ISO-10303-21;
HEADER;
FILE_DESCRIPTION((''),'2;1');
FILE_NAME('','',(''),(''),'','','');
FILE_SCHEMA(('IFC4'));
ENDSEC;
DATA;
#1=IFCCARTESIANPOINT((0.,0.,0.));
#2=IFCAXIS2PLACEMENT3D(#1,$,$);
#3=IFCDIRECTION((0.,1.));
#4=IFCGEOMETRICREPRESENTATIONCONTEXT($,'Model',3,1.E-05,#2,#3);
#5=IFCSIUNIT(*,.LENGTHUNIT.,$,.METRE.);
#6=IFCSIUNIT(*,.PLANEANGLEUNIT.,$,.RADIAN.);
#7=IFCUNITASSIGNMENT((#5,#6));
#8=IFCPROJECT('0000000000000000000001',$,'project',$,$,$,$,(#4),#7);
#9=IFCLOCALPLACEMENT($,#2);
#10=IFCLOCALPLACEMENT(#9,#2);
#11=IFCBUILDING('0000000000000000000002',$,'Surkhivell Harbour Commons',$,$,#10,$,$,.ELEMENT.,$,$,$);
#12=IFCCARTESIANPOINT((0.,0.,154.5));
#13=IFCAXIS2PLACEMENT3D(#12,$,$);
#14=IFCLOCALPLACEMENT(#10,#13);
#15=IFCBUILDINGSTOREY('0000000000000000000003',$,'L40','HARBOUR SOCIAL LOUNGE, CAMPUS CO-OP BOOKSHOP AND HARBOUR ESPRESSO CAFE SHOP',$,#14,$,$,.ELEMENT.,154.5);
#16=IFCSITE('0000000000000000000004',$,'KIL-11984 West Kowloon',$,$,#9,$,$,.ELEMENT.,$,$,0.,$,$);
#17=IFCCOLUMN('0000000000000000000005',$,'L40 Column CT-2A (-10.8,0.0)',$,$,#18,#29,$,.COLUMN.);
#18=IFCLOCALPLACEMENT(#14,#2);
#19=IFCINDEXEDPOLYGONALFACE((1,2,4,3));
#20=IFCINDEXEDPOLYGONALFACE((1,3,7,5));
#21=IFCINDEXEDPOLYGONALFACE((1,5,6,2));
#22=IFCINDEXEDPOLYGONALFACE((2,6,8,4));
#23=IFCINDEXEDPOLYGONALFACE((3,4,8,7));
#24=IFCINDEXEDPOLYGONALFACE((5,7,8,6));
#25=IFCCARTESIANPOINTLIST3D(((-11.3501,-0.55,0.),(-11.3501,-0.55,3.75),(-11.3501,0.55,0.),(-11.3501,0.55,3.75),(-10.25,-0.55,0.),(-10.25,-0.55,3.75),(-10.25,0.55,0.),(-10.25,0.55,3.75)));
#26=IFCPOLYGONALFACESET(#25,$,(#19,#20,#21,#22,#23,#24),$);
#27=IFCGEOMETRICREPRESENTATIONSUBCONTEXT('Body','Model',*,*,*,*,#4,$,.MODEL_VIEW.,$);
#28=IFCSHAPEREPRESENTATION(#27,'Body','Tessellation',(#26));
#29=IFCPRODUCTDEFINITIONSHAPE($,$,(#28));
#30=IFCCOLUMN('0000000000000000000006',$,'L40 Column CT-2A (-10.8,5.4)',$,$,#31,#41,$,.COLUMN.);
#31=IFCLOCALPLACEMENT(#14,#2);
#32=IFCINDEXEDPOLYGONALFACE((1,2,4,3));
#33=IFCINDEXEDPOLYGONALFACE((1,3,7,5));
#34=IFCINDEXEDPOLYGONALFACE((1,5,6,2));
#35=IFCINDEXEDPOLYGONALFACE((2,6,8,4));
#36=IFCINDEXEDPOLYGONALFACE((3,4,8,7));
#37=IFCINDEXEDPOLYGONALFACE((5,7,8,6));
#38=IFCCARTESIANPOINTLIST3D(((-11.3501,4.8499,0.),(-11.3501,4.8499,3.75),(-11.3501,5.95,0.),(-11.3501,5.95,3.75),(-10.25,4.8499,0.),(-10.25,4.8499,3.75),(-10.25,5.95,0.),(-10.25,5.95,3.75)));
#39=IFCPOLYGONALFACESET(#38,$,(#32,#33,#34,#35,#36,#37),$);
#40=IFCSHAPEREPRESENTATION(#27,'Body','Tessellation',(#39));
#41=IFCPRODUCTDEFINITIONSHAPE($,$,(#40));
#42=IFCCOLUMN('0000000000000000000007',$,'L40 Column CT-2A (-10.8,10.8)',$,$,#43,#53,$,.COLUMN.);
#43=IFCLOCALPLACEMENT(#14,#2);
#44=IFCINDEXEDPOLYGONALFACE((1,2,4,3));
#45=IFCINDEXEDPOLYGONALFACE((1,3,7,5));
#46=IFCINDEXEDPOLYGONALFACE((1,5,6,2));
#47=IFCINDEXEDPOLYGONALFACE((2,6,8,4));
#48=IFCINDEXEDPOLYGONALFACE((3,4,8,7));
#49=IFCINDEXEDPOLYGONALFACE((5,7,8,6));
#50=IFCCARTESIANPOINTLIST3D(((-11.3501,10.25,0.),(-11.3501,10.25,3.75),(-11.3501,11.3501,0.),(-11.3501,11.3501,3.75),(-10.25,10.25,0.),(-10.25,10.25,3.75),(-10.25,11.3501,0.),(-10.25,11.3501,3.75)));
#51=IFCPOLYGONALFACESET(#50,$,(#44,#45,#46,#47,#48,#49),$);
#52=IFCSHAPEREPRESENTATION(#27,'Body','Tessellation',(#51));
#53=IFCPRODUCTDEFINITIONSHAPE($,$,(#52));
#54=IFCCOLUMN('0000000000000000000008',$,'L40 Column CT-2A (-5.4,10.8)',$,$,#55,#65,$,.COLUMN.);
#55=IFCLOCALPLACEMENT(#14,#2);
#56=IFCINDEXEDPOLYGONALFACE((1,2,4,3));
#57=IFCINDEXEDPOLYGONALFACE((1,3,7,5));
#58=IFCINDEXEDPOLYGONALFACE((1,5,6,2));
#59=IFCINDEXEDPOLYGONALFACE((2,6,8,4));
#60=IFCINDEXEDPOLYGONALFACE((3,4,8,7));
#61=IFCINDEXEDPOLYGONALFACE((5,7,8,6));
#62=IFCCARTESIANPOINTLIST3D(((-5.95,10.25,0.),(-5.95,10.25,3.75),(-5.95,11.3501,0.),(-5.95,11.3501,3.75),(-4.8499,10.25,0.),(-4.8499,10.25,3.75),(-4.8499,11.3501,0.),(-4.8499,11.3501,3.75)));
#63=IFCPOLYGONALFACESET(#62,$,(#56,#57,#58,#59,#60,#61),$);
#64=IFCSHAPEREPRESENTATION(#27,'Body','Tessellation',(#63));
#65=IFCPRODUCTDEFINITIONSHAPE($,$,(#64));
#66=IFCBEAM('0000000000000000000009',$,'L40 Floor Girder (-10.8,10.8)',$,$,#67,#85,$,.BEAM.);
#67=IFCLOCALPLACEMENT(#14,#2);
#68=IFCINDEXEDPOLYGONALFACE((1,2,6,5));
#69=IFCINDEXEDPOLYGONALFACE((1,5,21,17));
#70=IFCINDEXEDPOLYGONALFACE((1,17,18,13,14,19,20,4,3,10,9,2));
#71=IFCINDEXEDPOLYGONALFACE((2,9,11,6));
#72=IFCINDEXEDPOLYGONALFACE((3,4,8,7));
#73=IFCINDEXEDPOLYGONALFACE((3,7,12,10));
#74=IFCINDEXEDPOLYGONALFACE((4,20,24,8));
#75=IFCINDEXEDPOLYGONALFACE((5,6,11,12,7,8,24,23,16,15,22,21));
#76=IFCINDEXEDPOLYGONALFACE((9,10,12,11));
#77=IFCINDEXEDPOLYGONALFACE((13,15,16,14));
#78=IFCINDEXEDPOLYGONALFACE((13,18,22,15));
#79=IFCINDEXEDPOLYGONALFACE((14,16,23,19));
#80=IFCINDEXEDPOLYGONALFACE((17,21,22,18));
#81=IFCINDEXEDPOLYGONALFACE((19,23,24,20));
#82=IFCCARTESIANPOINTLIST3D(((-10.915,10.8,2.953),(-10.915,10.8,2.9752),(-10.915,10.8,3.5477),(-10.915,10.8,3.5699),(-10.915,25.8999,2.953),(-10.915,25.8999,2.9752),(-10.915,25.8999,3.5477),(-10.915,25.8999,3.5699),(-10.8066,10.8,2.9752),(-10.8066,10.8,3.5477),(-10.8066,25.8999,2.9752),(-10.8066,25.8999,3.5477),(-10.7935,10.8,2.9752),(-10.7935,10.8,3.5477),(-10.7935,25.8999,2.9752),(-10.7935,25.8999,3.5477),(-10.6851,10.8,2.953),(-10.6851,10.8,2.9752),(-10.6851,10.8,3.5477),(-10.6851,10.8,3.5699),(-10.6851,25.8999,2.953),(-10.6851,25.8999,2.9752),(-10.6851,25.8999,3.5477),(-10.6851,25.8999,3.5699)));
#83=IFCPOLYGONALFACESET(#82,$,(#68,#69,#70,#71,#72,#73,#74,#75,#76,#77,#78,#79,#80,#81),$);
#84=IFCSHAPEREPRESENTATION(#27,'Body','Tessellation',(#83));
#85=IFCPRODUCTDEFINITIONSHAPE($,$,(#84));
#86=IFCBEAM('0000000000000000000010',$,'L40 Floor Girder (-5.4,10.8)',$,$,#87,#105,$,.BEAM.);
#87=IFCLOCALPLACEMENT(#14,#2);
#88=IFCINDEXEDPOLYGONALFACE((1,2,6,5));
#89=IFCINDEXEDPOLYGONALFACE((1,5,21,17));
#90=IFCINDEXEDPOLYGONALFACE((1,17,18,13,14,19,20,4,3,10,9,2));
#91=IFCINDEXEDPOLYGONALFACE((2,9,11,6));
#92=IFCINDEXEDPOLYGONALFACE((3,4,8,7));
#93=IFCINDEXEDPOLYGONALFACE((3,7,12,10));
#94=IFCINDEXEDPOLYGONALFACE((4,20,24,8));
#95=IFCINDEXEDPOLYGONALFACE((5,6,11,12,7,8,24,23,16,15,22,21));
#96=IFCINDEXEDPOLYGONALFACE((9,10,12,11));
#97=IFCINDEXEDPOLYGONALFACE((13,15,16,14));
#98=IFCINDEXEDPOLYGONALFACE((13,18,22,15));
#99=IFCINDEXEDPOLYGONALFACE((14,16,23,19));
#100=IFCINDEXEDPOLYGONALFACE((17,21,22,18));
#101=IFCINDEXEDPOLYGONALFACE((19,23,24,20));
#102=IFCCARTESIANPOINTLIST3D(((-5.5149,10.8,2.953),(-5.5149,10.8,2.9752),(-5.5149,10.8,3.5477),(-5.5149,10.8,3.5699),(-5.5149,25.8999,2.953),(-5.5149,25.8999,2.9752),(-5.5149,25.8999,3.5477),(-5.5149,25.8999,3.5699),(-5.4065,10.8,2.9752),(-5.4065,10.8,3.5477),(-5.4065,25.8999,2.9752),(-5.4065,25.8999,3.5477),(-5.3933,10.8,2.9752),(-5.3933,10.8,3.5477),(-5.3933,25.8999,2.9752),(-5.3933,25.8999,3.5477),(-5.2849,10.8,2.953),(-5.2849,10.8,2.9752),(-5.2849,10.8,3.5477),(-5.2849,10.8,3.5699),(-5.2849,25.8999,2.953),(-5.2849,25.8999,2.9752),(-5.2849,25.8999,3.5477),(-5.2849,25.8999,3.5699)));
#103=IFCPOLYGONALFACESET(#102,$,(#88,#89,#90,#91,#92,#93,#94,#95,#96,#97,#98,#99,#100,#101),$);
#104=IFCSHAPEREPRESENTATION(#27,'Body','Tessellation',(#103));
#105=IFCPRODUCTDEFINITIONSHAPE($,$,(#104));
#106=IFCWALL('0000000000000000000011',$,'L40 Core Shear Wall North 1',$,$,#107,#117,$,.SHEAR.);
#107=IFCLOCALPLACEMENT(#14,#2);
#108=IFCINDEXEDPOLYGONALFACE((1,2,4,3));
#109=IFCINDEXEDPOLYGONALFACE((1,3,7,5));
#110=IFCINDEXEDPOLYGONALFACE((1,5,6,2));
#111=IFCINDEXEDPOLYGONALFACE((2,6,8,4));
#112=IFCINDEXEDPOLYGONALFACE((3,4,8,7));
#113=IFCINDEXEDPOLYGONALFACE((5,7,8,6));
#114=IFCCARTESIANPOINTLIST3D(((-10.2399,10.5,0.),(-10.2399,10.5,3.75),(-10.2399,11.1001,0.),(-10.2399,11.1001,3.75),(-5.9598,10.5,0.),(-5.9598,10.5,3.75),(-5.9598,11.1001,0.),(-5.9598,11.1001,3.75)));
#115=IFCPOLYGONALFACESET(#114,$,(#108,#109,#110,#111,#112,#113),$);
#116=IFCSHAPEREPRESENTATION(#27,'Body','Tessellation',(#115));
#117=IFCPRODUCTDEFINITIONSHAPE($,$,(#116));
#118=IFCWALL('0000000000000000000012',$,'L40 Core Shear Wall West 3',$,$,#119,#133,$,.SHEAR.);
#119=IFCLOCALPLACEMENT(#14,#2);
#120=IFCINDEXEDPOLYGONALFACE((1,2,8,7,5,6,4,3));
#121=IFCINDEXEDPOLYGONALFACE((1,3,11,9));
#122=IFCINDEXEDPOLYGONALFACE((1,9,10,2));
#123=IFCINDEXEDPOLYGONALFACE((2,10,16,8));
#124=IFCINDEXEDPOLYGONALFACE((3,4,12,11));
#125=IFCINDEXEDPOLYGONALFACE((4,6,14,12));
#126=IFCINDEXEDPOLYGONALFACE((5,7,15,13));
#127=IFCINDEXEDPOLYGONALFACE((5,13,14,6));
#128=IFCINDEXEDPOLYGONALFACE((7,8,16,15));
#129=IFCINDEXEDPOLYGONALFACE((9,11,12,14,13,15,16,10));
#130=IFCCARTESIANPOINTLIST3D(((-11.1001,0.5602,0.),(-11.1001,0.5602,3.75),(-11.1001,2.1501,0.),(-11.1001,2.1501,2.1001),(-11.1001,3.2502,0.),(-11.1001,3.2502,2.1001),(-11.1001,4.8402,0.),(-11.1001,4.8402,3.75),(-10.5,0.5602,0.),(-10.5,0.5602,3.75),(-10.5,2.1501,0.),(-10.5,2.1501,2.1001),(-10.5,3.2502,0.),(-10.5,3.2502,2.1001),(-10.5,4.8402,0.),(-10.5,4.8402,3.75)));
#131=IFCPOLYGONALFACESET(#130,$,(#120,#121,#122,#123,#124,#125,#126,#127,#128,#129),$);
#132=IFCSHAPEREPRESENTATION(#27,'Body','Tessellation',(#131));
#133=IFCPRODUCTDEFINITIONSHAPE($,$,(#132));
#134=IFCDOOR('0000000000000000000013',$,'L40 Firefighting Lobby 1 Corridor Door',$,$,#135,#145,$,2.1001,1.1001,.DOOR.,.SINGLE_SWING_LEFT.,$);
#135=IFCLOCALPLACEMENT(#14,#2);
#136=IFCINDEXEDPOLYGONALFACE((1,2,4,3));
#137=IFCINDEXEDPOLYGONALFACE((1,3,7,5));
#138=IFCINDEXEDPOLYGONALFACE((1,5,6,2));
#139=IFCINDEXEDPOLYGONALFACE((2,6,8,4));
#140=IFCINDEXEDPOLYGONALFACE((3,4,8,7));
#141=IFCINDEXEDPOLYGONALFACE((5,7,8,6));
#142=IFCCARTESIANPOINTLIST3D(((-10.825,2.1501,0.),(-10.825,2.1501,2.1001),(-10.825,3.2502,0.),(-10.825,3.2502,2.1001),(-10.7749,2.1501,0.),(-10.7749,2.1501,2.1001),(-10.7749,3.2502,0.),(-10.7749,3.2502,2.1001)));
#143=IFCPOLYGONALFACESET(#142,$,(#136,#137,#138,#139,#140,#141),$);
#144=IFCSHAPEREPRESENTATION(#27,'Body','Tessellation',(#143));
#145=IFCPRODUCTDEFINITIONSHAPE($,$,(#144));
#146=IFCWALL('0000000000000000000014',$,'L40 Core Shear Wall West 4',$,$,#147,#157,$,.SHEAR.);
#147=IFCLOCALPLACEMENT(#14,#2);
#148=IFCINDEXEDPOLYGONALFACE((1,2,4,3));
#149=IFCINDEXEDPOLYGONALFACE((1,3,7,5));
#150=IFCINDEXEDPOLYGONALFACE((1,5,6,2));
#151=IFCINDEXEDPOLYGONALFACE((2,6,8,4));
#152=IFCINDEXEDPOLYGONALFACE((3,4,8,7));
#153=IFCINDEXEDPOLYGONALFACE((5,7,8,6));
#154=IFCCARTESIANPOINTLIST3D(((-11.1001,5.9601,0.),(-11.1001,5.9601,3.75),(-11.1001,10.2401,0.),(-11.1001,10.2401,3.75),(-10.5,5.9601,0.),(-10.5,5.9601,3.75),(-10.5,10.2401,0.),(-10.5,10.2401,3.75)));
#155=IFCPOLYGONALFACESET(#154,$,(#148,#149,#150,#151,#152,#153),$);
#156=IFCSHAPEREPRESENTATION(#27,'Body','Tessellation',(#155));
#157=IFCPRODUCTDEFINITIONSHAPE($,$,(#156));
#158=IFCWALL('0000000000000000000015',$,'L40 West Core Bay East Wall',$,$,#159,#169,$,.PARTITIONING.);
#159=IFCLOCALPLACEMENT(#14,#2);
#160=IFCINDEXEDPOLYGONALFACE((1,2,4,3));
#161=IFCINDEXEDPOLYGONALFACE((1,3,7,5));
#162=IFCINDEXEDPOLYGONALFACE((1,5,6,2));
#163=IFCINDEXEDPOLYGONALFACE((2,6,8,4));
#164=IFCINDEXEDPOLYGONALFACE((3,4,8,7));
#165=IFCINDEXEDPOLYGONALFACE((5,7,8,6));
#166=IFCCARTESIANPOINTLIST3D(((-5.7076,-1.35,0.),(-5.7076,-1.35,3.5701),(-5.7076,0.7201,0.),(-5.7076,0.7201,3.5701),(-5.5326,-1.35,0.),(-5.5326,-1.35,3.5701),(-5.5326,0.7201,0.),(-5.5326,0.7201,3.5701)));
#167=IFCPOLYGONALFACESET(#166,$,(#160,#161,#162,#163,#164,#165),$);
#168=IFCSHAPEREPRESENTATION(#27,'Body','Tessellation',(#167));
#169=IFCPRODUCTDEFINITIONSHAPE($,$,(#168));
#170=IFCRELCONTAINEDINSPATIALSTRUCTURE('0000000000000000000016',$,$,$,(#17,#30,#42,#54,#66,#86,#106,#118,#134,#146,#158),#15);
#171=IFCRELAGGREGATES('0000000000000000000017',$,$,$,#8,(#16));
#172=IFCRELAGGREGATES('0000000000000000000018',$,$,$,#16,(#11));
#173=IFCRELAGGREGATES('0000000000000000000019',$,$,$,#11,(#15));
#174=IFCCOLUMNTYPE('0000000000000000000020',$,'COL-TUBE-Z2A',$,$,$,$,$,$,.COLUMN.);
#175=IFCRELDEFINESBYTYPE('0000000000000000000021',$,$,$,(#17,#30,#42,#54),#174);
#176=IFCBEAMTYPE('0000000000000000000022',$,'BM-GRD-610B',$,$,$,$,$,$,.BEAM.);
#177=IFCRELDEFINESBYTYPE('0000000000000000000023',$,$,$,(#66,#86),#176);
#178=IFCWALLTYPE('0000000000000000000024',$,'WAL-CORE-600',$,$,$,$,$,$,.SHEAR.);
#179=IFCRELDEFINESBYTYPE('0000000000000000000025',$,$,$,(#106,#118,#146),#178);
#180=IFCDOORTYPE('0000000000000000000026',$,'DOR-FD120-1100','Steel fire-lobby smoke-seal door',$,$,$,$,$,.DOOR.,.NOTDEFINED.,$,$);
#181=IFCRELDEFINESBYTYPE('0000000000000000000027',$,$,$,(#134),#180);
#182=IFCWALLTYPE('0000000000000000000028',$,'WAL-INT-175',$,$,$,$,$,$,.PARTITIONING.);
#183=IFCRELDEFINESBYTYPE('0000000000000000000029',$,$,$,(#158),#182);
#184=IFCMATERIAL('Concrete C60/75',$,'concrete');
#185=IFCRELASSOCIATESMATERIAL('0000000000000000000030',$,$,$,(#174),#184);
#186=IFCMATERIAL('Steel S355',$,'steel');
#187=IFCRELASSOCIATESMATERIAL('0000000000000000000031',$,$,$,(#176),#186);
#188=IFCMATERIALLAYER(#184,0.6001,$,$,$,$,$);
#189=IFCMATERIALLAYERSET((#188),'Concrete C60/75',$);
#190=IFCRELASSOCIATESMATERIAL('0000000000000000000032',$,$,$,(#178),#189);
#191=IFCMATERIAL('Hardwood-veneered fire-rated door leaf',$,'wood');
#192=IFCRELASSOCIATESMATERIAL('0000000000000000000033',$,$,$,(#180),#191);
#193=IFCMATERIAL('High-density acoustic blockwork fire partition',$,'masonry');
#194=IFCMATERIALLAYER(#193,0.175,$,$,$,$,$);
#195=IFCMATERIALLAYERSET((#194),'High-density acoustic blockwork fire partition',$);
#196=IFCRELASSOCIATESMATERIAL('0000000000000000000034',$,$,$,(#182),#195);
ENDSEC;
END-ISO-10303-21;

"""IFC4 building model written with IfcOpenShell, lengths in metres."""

from ifc_helpers import new_model, si_unit, direction, frame, frame_2d, origin, origin_2d, place, context, subcontext, project, spatial, rectangle, i_section, extrude, material, layer, layer_set, material_profile, profile_set, type_object, element, fill, save


model = new_model("IFC4")

# Units and contexts
model_context = context("Model", 3, precision=1e-05, world=origin(), true_north=direction((0.0, 1.0)))
body_context = subcontext(model_context, "Body", "Model", "MODEL_VIEW")
ifc_project = project(units=[si_unit("LENGTHUNIT", "METRE"), si_unit("PLANEANGLEUNIT", "RADIAN")], contexts=[model_context])

# Site, building, storey
site_placement = place(None, origin())
site = spatial("IfcSite", under=ifc_project, at=site_placement, Name="KIL-11984 West Kowloon", CompositionType="ELEMENT", RefElevation=0.0)
building_placement = place(site_placement, origin())
building = spatial("IfcBuilding", under=site, at=building_placement, Name="Surkhivell Harbour Commons", CompositionType="ELEMENT")
storey_placement = place(building_placement, frame((0.0, 0.0, 154.5)))
storey = spatial("IfcBuildingStorey", under=building, at=storey_placement, Name="L40", Description="HARBOUR SOCIAL LOUNGE, CAMPUS CO-OP BOOKSHOP AND HARBOUR ESPRESSO CAFE SHOP", CompositionType="ELEMENT", Elevation=154.5)

# Columns
ifc_material_1 = material(Name="Concrete C60/75", Category="concrete")
ifc_material_profile_1 = material_profile(ifc_material_1, rectangle(XDim=1.1001, YDim=1.1001, at=origin_2d()), Name="RC-COL-1100x1100")
ifc_profile_set_1 = profile_set([ifc_material_profile_1], Name="Concrete C60/75")
column_type = type_object("IfcColumnType", Name="COL-TUBE-Z2A", PredefinedType="COLUMN", material=ifc_profile_set_1)
for number, where, z_axis, x_axis, name in (
    (1, (-10.8, 0.0, 0.0), (0.0, 0.0, 1.0), (1.0, 0.0, 0.0), "L40 Column CT-2A (-10.8,0.0)"),
    (2, (-10.8, 5.3999, 0.0), (0.0, 0.0, 1.0), (1.0, 0.0, 0.0), "L40 Column CT-2A (-10.8,5.4)"),
    (3, (-10.8, 10.8, 0.0), (0.0, 0.0, 1.0), (1.0, 0.0, 0.0), "L40 Column CT-2A (-10.8,10.8)"),
    (4, (-5.3999, 10.8, 0.0), (0.0, 0.0, 1.0), (1.0, 0.0, 0.0), "L40 Column CT-2A (-5.4,10.8)"),
):
    element("IfcColumn", number, at=place(storey_placement, frame(where, z_axis=z_axis, x_axis=x_axis)), inside=storey, type_object=column_type, Name=name, PredefinedType="COLUMN", context=body_context, shape_type="SweptSolid", body=[
        extrude(rectangle(XDim=1.1001, YDim=1.1001, at=origin_2d()), origin(), (0.0, 0.0, 1.0), 3.75),
    ])

# Beams
ifc_material_2 = material(Name="Steel S355", Category="steel")
ifc_material_profile_2 = material_profile(ifc_material_2, i_section(OverallWidth=0.23, OverallDepth=0.6169, WebThickness=0.0132, FlangeThickness=0.0222, at=origin_2d()), Name="UB610x229x140")
ifc_profile_set_2 = profile_set([ifc_material_profile_2], Name="Steel S355")
beam_type = type_object("IfcBeamType", Name="BM-GRD-610B", PredefinedType="BEAM", material=ifc_profile_set_2)
for number, where, z_axis, x_axis, name in (
    (5, (-10.8, 10.8, 3.2615), (0.0, 1.0, 0.0), (-1.0, 0.0, 0.0), "L40 Floor Girder (-10.8,10.8)"),
    (6, (-5.3999, 10.8, 3.2615), (0.0, 1.0, 0.0), (-1.0, 0.0, 0.0), "L40 Floor Girder (-5.4,10.8)"),
):
    element("IfcBeam", number, at=place(storey_placement, frame(where, z_axis=z_axis, x_axis=x_axis)), inside=storey, type_object=beam_type, Name=name, PredefinedType="BEAM", context=body_context, shape_type="SweptSolid", body=[
        extrude(i_section(OverallWidth=0.23, OverallDepth=0.6169, WebThickness=0.0132, FlangeThickness=0.0222, at=origin_2d()), origin(), (0.0, 0.0, 1.0), 15.0999),
    ])

# Wall
ifc_layer_1 = layer(ifc_material_1, 0.6001)
ifc_layer_set_1 = layer_set([ifc_layer_1], Name="Concrete C60/75")
wall_type_1 = type_object("IfcWallType", Name="WAL-CORE-600", PredefinedType="SHEAR", material=ifc_layer_set_1)
wall_1_placement = place(storey_placement, frame((-10.24, 10.8, 0.0), z_axis=(0.0, 0.0, 1.0), x_axis=(1.0, 0.0, 0.0)))
element("IfcWall", 7, at=wall_1_placement, inside=storey, type_object=wall_type_1, Name="L40 Core Shear Wall North 1", PredefinedType="SHEAR", context=body_context, shape_type="SweptSolid", body=[
    extrude(rectangle(XDim=4.28, YDim=0.6001, at=frame_2d((2.1401, 0.0))), origin(), (0.0, 0.0, 1.0), 3.75),
])

# Wall, opening, door
wall_2_placement = place(storey_placement, frame((-10.8, 0.5601, 0.0), z_axis=(0.0, 0.0, 1.0), x_axis=(0.0, 1.0, 0.0)))
wall_2 = element("IfcWall", 8, at=wall_2_placement, inside=storey, type_object=wall_type_1, Name="L40 Core Shear Wall West 3", PredefinedType="SHEAR", context=body_context, shape_type="SweptSolid", body=[
    extrude(rectangle(XDim=4.28, YDim=0.6001, at=frame_2d((2.1401, 0.0))), origin(), (0.0, 0.0, 1.0), 3.75),
])
opening_1_placement = place(wall_2_placement, frame((1.5901, 0.0, 0.0)))
opening_1 = element("IfcOpeningElement", 9, at=opening_1_placement, cuts=wall_2, PredefinedType="OPENING", context=body_context, shape_type="SweptSolid", body=[
    extrude(rectangle(XDim=1.1001, YDim=2.1001, at=frame_2d((0.55, 1.05))), frame((0.0, 0.3101, 0.0), z_axis=(0.0, -1.0, 0.0), x_axis=(1.0, 0.0, 0.0)), (0.0, 0.0, 1.0), 0.6201),
])
ifc_material_3 = material(Name="Hardwood-veneered fire-rated door leaf", Category="wood")
door_type_1 = type_object("IfcDoorType", Name="DOR-FD120-1100", Description="Steel fire-lobby smoke-seal door", OperationType="NOTDEFINED", PredefinedType="DOOR", material=ifc_material_3)
door_1_placement = place(opening_1_placement, origin())
door_1 = element("IfcDoor", 10, at=door_1_placement, inside=storey, type_object=door_type_1, Name="L40 Firefighting Lobby 1 Corridor Door", OperationType="SINGLE_SWING_LEFT", OverallHeight=2.1001, OverallWidth=1.1001, PredefinedType="DOOR", context=body_context, shape_type="SweptSolid", body=[
    extrude(rectangle(XDim=1.1001, YDim=2.1001, at=frame_2d((0.55, 1.05))), frame((0.0, 0.0249, 0.0), z_axis=(0.0, -1.0, 0.0), x_axis=(1.0, 0.0, 0.0)), (0.0, 0.0, 1.0), 0.05),
])
fill(opening_1, door_1)

# Walls
wall_3_placement = place(storey_placement, frame((-10.8, 5.96, 0.0), z_axis=(0.0, 0.0, 1.0), x_axis=(0.0, 1.0, 0.0)))
element("IfcWall", 11, at=wall_3_placement, inside=storey, type_object=wall_type_1, Name="L40 Core Shear Wall West 4", PredefinedType="SHEAR", context=body_context, shape_type="SweptSolid", body=[
    extrude(rectangle(XDim=4.28, YDim=0.6001, at=frame_2d((2.1401, 0.0))), origin(), (0.0, 0.0, 1.0), 3.75),
])
ifc_material_4 = material(Name="High-density acoustic blockwork fire partition", Category="masonry")
ifc_layer_2 = layer(ifc_material_4, 0.175)
ifc_layer_set_2 = layer_set([ifc_layer_2], Name="High-density acoustic blockwork fire partition")
wall_type_2 = type_object("IfcWallType", Name="WAL-INT-175", PredefinedType="PARTITIONING", material=ifc_layer_set_2)
wall_4_placement = place(storey_placement, frame((-5.6201, -1.3501, 0.0), z_axis=(0.0, 0.0, 1.0), x_axis=(0.0, 1.0, 0.0)))
element("IfcWall", 12, at=wall_4_placement, inside=storey, type_object=wall_type_2, Name="L40 West Core Bay East Wall", PredefinedType="PARTITIONING", context=body_context, shape_type="SweptSolid", body=[
    extrude(rectangle(XDim=2.0701, YDim=0.175, at=frame_2d((1.0352, 0.0))), origin(), (0.0, 0.0, 1.0), 3.5701),
])

save(model, "model.ifc")
